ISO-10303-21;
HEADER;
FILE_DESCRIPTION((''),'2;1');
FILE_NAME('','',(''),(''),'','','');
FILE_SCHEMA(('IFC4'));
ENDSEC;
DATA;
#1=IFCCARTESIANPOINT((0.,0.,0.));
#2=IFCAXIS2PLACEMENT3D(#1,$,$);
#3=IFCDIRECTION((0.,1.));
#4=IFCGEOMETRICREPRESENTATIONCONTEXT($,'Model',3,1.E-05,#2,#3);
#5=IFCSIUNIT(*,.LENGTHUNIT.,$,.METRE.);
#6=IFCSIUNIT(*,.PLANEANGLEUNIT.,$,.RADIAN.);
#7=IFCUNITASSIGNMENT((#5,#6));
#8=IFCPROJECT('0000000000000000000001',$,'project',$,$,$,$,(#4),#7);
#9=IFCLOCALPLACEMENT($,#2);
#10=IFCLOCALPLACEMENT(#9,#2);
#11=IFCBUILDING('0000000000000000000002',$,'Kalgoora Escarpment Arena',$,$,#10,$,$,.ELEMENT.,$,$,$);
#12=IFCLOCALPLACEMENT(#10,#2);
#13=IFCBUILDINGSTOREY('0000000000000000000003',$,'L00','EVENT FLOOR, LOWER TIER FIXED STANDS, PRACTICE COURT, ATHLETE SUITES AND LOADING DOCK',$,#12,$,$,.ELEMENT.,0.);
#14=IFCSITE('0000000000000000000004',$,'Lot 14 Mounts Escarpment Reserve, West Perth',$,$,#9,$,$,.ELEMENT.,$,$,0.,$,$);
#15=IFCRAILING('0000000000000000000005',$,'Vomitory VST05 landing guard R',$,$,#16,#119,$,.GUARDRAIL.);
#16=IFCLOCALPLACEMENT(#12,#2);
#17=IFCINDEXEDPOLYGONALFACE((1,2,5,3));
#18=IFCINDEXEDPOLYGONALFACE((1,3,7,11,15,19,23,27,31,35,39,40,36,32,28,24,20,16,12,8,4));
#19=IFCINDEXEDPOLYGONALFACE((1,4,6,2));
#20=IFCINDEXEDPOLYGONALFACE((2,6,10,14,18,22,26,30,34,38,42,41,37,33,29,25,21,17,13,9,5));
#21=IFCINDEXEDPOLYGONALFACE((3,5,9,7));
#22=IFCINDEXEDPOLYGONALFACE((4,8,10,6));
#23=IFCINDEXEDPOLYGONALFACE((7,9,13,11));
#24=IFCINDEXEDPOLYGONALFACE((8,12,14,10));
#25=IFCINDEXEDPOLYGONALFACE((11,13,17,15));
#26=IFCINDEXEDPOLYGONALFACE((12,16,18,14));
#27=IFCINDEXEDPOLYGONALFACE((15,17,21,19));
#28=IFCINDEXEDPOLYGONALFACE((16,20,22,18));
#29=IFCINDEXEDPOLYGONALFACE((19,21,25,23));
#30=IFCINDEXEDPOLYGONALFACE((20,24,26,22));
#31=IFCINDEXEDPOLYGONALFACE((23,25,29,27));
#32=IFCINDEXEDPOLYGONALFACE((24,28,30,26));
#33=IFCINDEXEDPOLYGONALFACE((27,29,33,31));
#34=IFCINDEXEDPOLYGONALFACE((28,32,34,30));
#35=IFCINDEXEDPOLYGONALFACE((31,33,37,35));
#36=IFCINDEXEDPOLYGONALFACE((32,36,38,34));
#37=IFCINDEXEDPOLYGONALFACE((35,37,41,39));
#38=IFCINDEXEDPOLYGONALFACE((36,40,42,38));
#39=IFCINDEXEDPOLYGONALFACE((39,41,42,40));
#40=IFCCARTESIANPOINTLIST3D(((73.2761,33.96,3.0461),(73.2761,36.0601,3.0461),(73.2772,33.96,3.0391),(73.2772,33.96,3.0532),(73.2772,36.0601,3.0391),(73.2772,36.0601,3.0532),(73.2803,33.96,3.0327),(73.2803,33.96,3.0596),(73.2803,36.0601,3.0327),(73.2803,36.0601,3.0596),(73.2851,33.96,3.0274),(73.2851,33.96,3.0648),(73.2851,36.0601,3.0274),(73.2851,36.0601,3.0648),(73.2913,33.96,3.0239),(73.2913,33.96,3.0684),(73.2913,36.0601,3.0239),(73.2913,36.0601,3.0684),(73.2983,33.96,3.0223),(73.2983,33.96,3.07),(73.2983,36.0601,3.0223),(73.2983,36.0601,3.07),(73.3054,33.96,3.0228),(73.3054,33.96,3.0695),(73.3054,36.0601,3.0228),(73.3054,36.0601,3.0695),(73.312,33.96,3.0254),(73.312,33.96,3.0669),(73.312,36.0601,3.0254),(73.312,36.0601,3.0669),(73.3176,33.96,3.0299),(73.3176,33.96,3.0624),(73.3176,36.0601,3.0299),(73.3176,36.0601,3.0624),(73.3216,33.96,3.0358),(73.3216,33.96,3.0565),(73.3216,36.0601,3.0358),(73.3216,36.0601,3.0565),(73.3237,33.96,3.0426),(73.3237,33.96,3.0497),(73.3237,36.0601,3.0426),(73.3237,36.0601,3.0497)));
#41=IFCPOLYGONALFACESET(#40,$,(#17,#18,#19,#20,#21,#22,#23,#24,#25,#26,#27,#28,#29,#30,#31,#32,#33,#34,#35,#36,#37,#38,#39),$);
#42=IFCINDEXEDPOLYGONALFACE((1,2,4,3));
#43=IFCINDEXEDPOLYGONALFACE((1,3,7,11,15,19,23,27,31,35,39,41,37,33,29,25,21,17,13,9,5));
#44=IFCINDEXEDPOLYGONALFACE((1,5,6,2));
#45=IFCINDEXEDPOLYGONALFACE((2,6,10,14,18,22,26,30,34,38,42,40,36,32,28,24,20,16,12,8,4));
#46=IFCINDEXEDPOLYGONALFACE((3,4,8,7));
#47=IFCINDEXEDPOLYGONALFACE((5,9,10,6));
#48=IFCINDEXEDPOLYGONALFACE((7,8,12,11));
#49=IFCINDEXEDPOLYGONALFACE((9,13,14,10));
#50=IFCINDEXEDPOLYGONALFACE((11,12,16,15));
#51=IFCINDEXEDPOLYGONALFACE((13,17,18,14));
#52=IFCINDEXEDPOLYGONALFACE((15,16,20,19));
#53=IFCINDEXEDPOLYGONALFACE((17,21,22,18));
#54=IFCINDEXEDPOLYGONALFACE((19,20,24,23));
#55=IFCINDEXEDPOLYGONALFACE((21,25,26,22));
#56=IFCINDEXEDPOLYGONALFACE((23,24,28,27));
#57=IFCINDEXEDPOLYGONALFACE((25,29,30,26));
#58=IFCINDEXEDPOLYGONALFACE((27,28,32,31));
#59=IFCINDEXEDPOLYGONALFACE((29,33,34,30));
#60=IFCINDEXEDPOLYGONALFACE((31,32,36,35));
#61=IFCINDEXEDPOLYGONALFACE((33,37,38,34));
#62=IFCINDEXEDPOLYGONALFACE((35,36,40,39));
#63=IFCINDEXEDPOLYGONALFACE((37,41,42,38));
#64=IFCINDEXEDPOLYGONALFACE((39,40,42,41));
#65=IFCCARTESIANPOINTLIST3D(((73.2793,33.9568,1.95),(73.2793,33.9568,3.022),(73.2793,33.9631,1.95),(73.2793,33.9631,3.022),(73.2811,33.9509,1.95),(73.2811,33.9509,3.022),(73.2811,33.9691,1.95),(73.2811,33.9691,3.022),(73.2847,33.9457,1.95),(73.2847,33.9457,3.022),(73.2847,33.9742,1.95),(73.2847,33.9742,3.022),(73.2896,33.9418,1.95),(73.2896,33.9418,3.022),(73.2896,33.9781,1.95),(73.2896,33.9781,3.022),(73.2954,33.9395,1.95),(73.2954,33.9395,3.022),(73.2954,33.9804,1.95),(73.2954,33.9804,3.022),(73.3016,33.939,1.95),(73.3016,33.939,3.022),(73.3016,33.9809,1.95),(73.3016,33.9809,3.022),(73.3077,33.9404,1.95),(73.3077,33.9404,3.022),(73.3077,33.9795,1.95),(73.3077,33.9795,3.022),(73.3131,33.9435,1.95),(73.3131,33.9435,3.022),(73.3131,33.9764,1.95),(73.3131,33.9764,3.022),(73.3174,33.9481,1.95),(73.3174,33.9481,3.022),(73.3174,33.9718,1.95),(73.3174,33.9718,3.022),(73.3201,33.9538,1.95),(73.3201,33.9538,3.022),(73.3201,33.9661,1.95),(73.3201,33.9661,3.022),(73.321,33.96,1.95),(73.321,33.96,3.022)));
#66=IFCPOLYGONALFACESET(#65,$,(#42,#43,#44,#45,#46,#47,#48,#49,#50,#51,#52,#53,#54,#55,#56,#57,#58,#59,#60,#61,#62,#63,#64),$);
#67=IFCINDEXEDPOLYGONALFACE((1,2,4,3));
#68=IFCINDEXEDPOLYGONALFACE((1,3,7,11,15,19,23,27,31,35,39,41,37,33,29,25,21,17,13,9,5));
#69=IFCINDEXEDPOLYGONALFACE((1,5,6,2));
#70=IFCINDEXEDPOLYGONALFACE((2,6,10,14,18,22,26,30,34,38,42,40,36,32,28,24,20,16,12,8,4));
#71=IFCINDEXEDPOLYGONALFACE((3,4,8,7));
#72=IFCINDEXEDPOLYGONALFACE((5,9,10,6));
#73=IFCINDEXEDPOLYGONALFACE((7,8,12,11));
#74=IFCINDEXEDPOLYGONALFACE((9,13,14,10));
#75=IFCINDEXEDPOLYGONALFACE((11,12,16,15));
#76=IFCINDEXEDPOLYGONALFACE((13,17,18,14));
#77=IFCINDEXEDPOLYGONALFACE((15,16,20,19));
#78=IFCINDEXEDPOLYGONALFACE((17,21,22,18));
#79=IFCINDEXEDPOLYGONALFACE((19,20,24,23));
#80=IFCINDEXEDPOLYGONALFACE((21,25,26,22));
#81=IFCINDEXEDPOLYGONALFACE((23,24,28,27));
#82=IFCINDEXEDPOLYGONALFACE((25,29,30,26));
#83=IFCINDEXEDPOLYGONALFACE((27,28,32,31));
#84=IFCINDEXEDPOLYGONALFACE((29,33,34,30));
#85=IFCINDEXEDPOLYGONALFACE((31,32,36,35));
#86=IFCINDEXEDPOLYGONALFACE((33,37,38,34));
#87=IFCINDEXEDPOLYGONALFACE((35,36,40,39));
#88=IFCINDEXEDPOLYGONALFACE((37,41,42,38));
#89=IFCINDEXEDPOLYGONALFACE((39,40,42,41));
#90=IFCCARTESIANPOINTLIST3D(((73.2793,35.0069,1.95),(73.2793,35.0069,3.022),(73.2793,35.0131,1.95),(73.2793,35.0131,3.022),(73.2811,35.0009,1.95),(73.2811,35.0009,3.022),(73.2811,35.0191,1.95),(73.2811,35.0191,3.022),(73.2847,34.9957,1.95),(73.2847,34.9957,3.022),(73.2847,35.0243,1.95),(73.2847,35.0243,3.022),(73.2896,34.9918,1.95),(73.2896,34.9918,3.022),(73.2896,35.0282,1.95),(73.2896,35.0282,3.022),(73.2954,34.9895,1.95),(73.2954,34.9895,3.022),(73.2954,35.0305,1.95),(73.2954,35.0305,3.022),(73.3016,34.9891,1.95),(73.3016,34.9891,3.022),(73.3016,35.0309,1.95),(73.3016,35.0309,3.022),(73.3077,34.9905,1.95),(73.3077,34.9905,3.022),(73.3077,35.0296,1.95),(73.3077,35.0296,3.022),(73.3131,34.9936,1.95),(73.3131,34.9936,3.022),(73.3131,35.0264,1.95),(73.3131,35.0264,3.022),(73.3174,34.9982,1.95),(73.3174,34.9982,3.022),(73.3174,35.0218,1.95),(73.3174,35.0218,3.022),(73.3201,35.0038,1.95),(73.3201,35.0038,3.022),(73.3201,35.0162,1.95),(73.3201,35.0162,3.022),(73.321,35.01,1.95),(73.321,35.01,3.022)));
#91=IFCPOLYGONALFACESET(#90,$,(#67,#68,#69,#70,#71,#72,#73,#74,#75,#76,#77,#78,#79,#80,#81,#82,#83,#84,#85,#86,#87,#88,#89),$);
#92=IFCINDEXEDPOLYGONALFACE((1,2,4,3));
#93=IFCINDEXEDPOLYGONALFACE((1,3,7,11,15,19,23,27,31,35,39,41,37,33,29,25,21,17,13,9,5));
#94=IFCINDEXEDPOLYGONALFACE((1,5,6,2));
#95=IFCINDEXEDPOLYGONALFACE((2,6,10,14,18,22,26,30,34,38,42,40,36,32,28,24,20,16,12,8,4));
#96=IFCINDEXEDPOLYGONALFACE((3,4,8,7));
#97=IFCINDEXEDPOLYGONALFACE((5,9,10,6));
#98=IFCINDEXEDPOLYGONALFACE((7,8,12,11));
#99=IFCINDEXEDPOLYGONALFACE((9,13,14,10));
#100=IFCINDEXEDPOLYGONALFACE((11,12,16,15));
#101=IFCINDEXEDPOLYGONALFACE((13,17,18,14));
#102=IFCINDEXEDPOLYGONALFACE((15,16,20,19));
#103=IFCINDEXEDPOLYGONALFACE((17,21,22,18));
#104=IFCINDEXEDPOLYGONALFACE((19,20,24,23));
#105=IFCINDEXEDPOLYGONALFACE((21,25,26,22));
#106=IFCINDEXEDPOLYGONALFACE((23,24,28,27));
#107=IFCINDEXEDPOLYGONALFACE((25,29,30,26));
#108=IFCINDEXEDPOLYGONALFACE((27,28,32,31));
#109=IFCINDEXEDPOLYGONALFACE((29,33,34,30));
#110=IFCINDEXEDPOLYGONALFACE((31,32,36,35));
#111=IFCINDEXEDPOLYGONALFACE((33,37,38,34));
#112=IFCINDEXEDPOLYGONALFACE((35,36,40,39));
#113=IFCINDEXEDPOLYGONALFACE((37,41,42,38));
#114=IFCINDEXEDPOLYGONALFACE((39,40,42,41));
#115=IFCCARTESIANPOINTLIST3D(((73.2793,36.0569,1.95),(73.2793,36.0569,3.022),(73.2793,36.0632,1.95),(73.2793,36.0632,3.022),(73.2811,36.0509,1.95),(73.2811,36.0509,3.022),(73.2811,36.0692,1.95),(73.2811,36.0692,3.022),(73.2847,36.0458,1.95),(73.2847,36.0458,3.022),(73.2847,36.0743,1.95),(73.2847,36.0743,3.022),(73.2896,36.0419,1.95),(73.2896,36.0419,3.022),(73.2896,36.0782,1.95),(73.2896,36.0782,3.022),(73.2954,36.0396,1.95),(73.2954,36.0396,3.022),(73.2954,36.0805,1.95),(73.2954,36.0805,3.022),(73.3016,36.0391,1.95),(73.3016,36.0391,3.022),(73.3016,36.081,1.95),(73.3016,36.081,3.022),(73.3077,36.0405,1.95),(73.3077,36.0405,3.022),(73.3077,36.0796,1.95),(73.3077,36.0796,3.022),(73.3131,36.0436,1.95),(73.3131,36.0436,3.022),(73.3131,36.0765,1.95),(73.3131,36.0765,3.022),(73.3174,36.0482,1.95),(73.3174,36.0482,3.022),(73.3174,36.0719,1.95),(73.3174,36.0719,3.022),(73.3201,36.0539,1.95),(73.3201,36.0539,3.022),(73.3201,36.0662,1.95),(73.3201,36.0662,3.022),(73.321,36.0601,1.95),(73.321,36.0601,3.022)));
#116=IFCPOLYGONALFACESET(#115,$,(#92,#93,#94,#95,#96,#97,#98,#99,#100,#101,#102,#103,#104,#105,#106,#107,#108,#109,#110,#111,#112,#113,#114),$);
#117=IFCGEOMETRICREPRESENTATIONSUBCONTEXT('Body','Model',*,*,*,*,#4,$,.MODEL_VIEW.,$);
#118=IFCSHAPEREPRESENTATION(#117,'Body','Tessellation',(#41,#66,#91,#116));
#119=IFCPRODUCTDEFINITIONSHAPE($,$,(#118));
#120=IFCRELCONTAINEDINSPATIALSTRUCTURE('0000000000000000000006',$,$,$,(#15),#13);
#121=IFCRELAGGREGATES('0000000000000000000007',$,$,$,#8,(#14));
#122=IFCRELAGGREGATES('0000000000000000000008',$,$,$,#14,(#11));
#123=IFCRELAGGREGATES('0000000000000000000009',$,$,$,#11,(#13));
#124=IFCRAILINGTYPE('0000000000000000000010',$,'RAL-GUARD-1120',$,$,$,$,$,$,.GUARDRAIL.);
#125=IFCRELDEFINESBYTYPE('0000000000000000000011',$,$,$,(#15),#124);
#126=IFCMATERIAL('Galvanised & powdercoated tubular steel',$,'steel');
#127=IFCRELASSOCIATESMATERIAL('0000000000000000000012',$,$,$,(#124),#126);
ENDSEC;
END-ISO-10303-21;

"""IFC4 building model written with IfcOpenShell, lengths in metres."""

from ifc_helpers import new_model, si_unit, direction, frame, origin, origin_2d, place, context, subcontext, project, spatial, circle, extrude, material, type_object, element, save


model = new_model("IFC4")

# Units and contexts
model_context = context("Model", 3, precision=1e-05, world=origin(), true_north=direction((0.0, 1.0)))
body_context = subcontext(model_context, "Body", "Model", "MODEL_VIEW")
ifc_project = project(units=[si_unit("LENGTHUNIT", "METRE"), si_unit("PLANEANGLEUNIT", "RADIAN")], contexts=[model_context])

# Site, building, storey
site_placement = place(None, origin())
site = spatial("IfcSite", under=ifc_project, at=site_placement, Name="Lot 14 Mounts Escarpment Reserve, West Perth", CompositionType="ELEMENT", RefElevation=0.0)
building_placement = place(site_placement, origin())
building = spatial("IfcBuilding", under=site, at=building_placement, Name="Kalgoora Escarpment Arena", CompositionType="ELEMENT")
storey_placement = place(building_placement, origin())
storey = spatial("IfcBuildingStorey", under=building, at=storey_placement, Name="L00", Description="EVENT FLOOR, LOWER TIER FIXED STANDS, PRACTICE COURT, ATHLETE SUITES AND LOADING DOCK", CompositionType="ELEMENT", Elevation=0.0)

# Railing
ifc_material_1 = material(Name="Galvanised & powdercoated tubular steel", Category="steel")
railing_type_1 = type_object("IfcRailingType", Name="RAL-GUARD-1120", PredefinedType="GUARDRAIL", material=ifc_material_1)
railing_1_placement = place(storey_placement, frame((73.3, 33.96, 1.95)))
element("IfcRailing", 1, at=railing_1_placement, inside=storey, type_object=railing_type_1, Name="Vomitory VST05 landing guard R", PredefinedType="GUARDRAIL", context=body_context, shape_type="SweptSolid", body=[
    extrude(circle(Radius=0.0239, at=origin_2d()), frame((0.0, 0.0, 1.0962), z_axis=(0.0, 1.0, 0.0), x_axis=(-1.0, 0.0, 0.0)), (0.0, 0.0, 1.0), 2.1001),
    extrude(circle(Radius=0.021, at=origin_2d()), origin(), (0.0, 0.0, 1.0), 1.072),
    extrude(circle(Radius=0.021, at=origin_2d()), frame((0.0, 1.05, 0.0)), (0.0, 0.0, 1.0), 1.072),
    extrude(circle(Radius=0.021, at=origin_2d()), frame((0.0, 2.1001, 0.0)), (0.0, 0.0, 1.0), 1.072),
])

save(model, "model.ifc")
